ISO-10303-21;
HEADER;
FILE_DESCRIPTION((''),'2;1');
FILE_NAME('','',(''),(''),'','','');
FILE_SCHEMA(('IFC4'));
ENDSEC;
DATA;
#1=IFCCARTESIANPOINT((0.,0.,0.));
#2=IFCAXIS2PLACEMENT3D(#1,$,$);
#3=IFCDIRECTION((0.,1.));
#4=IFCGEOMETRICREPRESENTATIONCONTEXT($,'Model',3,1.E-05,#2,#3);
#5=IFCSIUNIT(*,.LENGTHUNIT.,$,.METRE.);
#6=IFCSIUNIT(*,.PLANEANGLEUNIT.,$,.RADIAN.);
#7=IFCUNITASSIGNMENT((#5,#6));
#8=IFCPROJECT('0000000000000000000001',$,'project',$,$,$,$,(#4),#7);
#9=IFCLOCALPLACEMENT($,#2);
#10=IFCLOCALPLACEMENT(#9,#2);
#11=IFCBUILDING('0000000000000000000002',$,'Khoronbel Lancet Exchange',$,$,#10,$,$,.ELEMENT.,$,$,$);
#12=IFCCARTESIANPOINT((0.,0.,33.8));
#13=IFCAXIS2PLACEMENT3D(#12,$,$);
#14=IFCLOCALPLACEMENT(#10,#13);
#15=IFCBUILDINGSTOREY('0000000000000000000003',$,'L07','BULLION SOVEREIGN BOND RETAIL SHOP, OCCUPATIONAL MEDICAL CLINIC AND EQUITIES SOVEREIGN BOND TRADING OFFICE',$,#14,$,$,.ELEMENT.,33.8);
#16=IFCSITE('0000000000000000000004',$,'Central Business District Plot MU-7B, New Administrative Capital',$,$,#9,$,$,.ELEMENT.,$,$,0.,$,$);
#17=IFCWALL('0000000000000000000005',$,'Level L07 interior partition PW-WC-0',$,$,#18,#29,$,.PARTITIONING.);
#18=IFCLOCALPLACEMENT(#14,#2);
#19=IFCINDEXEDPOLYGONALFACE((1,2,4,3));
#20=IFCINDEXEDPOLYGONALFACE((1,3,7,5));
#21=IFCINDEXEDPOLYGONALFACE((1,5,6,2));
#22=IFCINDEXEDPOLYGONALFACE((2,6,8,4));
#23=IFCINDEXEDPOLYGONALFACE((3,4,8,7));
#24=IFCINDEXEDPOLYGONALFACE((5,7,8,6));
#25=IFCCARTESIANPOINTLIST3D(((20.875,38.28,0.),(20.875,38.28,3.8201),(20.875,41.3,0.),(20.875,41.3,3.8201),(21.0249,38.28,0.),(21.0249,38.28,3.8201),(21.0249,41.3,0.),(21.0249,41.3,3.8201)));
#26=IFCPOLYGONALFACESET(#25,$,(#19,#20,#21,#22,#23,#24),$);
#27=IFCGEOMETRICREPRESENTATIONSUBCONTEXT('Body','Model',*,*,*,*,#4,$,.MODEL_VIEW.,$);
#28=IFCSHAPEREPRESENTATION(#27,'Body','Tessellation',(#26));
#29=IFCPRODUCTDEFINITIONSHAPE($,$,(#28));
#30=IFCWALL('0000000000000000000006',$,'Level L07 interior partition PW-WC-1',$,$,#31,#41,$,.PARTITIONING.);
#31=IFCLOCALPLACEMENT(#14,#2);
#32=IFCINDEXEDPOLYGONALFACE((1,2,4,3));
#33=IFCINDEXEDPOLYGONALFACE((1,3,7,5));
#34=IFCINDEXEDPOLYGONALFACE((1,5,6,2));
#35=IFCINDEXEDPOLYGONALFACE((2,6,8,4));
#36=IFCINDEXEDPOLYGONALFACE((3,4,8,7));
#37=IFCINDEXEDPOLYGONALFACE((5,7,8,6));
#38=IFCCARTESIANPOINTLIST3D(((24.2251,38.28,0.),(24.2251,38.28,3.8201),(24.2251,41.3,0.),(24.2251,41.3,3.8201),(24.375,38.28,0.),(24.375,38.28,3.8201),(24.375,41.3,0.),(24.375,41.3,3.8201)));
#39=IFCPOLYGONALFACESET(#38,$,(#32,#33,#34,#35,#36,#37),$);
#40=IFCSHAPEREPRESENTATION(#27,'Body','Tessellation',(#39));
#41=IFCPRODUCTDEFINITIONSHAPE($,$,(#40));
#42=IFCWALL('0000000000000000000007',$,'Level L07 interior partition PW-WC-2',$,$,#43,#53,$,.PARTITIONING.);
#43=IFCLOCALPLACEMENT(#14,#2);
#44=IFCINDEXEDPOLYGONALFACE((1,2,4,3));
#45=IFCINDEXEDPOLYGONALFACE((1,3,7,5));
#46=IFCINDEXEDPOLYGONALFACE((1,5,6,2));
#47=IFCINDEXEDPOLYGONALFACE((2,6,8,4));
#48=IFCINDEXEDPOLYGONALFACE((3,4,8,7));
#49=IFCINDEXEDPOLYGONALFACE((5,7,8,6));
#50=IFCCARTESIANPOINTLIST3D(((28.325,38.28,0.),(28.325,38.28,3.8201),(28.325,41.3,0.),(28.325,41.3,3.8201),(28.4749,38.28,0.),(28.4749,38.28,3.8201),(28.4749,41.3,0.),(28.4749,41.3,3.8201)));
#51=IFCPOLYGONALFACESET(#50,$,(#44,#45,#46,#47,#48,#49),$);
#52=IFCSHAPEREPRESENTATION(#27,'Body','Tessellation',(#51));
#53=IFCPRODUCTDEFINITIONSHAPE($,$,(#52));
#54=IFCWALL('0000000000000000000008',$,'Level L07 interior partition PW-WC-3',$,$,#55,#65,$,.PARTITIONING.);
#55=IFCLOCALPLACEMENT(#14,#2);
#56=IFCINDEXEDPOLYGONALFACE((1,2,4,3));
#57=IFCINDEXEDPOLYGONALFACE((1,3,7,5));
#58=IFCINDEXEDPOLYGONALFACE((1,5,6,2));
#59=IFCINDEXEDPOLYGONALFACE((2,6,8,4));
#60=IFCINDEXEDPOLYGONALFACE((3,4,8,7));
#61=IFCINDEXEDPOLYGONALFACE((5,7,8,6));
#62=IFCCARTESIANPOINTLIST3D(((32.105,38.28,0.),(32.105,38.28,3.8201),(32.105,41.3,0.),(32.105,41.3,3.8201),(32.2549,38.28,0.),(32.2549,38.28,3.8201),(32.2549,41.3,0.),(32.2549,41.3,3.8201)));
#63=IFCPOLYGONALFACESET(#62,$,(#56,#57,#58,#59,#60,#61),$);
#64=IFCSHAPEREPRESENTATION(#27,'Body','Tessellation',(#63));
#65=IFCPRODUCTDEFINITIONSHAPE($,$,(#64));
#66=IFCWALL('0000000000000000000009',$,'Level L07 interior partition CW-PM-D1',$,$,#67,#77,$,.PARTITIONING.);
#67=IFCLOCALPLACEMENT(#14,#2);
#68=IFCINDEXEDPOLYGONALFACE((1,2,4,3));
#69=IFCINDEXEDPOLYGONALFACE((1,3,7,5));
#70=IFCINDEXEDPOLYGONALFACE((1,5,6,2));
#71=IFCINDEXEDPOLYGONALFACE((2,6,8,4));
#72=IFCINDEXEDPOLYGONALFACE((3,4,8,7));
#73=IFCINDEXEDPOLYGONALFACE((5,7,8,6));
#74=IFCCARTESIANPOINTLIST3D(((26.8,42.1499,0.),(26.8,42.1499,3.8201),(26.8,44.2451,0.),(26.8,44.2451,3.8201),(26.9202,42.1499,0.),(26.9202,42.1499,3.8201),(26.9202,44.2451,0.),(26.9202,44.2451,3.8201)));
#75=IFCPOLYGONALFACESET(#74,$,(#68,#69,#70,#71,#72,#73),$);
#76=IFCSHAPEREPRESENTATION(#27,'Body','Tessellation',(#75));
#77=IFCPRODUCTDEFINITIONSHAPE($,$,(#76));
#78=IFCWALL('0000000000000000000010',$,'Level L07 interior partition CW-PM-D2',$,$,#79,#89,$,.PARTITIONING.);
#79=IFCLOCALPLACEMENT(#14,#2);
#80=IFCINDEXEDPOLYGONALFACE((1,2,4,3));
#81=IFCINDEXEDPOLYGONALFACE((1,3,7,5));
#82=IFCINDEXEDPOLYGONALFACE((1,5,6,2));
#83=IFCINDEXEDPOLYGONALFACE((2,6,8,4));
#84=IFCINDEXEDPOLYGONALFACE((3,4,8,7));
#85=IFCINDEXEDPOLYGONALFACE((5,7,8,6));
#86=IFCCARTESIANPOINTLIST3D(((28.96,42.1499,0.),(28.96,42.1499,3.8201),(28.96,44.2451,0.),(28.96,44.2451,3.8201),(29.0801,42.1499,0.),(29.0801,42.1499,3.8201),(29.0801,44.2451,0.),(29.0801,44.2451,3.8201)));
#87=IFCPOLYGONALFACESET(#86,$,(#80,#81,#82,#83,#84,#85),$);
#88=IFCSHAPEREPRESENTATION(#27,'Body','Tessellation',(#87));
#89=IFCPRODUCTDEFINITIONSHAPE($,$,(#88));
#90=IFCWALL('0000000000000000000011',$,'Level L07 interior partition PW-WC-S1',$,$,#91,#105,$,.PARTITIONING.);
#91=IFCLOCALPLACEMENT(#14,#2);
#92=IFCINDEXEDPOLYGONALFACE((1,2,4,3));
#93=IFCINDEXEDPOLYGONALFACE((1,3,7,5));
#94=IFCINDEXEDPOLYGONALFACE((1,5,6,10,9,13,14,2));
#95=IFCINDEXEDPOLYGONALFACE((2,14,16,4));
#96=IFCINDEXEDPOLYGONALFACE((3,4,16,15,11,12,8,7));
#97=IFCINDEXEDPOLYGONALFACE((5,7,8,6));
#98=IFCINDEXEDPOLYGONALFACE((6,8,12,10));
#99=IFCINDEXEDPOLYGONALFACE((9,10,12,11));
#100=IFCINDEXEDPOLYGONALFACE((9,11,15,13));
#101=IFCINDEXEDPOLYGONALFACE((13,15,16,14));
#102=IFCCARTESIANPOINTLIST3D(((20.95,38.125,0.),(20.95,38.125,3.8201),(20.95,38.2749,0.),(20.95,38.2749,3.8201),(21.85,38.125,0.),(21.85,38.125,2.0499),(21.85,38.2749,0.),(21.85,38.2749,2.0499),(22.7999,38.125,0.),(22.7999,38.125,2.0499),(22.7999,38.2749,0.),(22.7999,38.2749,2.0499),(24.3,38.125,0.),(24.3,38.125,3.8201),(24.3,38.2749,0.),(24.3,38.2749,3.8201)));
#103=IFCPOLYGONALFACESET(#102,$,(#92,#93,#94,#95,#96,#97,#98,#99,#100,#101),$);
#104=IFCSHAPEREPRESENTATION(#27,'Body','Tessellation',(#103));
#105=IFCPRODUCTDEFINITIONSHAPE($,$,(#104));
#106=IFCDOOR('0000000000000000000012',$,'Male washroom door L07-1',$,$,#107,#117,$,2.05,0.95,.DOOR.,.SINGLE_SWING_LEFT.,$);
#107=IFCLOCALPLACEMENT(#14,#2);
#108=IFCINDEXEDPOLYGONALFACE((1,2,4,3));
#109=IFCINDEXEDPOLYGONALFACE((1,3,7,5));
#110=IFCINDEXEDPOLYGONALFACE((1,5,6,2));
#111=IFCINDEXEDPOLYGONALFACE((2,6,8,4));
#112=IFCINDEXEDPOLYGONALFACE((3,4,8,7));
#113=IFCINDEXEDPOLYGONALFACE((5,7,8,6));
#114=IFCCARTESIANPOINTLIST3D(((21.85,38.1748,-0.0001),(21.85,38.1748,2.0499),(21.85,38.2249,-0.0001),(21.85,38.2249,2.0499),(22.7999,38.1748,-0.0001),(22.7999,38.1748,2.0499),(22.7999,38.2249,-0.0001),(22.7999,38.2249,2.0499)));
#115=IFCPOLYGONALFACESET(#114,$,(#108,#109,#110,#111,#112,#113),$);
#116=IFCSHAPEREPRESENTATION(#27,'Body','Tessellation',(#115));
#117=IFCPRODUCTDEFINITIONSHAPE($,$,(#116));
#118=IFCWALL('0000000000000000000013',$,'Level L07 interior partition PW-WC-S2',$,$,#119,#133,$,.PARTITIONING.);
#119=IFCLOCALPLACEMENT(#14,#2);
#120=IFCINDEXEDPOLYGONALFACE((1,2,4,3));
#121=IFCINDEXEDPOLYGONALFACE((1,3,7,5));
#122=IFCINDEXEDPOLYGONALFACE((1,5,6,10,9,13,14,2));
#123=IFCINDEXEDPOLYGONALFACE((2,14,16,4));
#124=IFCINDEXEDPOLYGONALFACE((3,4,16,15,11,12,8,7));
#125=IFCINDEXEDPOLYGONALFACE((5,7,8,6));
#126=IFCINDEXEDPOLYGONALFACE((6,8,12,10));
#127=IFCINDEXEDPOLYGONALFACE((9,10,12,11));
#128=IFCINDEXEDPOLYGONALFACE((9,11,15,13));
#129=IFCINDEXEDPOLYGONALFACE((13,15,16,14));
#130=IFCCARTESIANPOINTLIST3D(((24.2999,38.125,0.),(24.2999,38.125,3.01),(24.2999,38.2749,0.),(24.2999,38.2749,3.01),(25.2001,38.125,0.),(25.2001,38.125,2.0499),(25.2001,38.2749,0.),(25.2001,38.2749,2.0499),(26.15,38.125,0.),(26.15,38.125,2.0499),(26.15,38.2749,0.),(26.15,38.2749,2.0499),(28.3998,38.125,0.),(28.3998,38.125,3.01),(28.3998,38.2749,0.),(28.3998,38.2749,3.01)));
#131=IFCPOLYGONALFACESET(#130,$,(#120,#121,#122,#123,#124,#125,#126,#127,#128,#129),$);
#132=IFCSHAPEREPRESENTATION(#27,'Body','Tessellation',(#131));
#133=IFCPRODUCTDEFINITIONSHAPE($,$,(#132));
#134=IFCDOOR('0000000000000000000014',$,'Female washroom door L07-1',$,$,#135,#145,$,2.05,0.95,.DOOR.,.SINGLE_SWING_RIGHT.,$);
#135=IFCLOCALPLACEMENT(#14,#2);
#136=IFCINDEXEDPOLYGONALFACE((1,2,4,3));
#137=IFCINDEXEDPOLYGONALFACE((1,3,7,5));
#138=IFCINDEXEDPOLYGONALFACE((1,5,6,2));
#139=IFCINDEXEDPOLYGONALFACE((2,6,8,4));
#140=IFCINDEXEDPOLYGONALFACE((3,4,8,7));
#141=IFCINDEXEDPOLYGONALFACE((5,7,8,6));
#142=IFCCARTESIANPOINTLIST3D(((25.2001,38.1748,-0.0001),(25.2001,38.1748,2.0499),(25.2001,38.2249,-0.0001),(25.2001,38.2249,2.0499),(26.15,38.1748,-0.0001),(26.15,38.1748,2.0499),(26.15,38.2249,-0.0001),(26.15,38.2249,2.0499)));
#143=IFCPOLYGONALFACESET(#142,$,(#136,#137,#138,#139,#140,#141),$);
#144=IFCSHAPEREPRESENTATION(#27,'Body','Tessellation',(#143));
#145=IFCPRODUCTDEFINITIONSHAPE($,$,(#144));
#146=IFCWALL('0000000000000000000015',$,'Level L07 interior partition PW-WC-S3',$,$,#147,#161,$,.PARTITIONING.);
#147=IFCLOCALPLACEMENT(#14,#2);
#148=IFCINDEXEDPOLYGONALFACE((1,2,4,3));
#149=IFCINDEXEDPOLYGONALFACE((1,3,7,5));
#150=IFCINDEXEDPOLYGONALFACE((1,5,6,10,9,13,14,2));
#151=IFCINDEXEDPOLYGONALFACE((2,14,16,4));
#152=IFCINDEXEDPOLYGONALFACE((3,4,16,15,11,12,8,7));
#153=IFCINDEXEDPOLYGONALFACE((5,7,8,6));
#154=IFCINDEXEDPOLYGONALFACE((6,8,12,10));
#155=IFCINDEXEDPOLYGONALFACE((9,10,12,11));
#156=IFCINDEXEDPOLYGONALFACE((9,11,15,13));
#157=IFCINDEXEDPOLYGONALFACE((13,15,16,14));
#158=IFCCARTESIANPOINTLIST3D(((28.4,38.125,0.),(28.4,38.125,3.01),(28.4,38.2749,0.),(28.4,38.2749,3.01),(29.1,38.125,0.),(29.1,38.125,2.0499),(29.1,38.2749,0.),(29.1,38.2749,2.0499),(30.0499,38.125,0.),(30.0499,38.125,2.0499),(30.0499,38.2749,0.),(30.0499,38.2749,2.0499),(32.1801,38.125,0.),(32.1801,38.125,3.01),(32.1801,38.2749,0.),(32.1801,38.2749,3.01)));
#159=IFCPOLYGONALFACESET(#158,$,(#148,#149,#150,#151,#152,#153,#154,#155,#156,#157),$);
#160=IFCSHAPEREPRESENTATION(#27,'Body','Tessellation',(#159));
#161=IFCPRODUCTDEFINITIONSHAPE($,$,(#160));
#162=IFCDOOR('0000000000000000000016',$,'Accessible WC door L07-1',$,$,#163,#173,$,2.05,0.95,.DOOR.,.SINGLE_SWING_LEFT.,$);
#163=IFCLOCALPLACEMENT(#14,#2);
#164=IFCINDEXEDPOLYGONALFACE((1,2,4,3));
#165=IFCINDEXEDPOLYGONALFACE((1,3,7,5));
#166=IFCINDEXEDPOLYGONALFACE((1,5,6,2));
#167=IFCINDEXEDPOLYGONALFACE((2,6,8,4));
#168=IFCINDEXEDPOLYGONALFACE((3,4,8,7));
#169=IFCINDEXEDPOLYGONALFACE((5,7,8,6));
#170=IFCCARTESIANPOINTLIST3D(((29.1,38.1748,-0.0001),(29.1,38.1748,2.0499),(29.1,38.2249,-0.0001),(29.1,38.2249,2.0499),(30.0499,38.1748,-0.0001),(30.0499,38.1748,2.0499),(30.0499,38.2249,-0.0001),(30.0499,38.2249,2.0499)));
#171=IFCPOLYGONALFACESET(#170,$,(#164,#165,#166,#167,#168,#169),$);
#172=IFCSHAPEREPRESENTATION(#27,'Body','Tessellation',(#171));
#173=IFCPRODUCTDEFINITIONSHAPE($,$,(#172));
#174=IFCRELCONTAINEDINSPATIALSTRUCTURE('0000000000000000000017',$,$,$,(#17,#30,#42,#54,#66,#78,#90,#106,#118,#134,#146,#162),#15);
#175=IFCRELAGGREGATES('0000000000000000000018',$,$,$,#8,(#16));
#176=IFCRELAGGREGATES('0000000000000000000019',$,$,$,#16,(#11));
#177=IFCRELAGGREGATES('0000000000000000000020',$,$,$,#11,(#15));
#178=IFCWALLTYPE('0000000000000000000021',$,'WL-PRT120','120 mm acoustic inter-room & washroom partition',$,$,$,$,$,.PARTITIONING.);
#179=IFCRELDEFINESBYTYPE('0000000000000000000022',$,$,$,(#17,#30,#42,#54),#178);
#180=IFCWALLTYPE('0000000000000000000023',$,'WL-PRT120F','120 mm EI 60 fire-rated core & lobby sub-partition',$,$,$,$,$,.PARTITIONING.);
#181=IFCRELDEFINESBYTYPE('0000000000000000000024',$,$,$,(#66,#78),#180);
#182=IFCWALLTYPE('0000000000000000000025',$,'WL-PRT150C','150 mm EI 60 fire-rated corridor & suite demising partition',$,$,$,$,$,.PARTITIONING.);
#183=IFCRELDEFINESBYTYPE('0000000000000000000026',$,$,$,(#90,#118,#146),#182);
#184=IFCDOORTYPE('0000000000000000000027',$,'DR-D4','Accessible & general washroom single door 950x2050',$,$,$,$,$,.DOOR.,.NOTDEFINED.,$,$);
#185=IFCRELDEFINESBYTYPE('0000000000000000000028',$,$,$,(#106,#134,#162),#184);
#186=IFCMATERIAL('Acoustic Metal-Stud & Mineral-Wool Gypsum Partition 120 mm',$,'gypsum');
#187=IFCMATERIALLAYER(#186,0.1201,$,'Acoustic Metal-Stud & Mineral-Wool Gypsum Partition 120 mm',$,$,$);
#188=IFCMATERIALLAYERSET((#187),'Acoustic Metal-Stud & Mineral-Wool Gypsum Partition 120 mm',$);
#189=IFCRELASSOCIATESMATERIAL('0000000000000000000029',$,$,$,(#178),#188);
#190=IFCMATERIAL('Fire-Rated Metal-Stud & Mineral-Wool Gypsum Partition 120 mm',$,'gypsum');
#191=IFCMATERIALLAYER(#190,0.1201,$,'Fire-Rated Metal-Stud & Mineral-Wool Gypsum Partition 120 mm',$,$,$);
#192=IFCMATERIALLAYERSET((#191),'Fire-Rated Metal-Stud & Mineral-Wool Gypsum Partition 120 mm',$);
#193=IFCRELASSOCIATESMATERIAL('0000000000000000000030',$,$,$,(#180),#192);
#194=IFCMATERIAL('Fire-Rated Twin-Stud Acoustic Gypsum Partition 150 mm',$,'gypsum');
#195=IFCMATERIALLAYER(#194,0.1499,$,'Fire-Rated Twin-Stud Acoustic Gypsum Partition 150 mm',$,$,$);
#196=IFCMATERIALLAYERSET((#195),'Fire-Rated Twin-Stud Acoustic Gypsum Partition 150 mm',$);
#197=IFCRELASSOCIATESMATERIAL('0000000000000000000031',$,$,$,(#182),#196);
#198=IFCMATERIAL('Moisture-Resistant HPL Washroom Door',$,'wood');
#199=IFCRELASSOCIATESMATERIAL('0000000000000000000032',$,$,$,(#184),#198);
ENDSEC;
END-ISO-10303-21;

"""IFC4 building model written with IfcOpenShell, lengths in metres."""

from ifc_helpers import new_model, si_unit, direction, frame, frame_2d, origin, place, context, subcontext, project, spatial, rectangle, extrude, material, layer, layer_set, type_object, element, fill, save


model = new_model("IFC4")

# Units and contexts
model_context = context("Model", 3, precision=1e-05, world=origin(), true_north=direction((0.0, 1.0)))
body_context = subcontext(model_context, "Body", "Model", "MODEL_VIEW")
ifc_project = project(units=[si_unit("LENGTHUNIT", "METRE"), si_unit("PLANEANGLEUNIT", "RADIAN")], contexts=[model_context])

# Site, building, storey
site_placement = place(None, origin())
site = spatial("IfcSite", under=ifc_project, at=site_placement, Name="Central Business District Plot MU-7B, New Administrative Capital", CompositionType="ELEMENT", RefElevation=0.0)
building_placement = place(site_placement, origin())
building = spatial("IfcBuilding", under=site, at=building_placement, Name="Khoronbel Lancet Exchange", CompositionType="ELEMENT")
storey_placement = place(building_placement, frame((0.0, 0.0, 33.8)))
storey = spatial("IfcBuildingStorey", under=building, at=storey_placement, Name="L07", Description="BULLION SOVEREIGN BOND RETAIL SHOP, OCCUPATIONAL MEDICAL CLINIC AND EQUITIES SOVEREIGN BOND TRADING OFFICE", CompositionType="ELEMENT", Elevation=33.8)

# Walls
ifc_material_1 = material(Name="Acoustic Metal-Stud & Mineral-Wool Gypsum Partition 120 mm", Category="gypsum")
ifc_layer_1 = layer(ifc_material_1, 0.1201, Name="Acoustic Metal-Stud & Mineral-Wool Gypsum Partition 120 mm")
ifc_layer_set_1 = layer_set([ifc_layer_1], Name="Acoustic Metal-Stud & Mineral-Wool Gypsum Partition 120 mm")
wall_type_1 = type_object("IfcWallType", Name="WL-PRT120", Description="120 mm acoustic inter-room & washroom partition", PredefinedType="PARTITIONING", material=ifc_layer_set_1)
for number, where, z_axis, x_axis, name in (
    (1, (20.95, 38.28, 0.0), (0.0, 0.0, 1.0), (0.0, 1.0, 0.0), "Level L07 interior partition PW-WC-0"),
    (2, (24.3, 38.28, 0.0), (0.0, 0.0, 1.0), (0.0, 1.0, 0.0), "Level L07 interior partition PW-WC-1"),
    (3, (28.3999, 38.28, 0.0), (0.0, 0.0, 1.0), (0.0, 1.0, 0.0), "Level L07 interior partition PW-WC-2"),
    (4, (32.1799, 38.28, 0.0), (0.0, 0.0, 1.0), (0.0, 1.0, 0.0), "Level L07 interior partition PW-WC-3"),
):
    element("IfcWall", number, at=place(storey_placement, frame(where, z_axis=z_axis, x_axis=x_axis)), inside=storey, type_object=wall_type_1, Name=name, PredefinedType="PARTITIONING", context=body_context, shape_type="SweptSolid", body=[
        extrude(rectangle(XDim=3.02, YDim=0.1499, at=frame_2d((1.51, 0.0))), origin(), (0.0, 0.0, 1.0), 3.8201),
    ])
ifc_material_2 = material(Name="Fire-Rated Metal-Stud & Mineral-Wool Gypsum Partition 120 mm", Category="gypsum")
ifc_layer_2 = layer(ifc_material_2, 0.1201, Name="Fire-Rated Metal-Stud & Mineral-Wool Gypsum Partition 120 mm")
ifc_layer_set_2 = layer_set([ifc_layer_2], Name="Fire-Rated Metal-Stud & Mineral-Wool Gypsum Partition 120 mm")
wall_type_2 = type_object("IfcWallType", Name="WL-PRT120F", Description="120 mm EI 60 fire-rated core & lobby sub-partition", PredefinedType="PARTITIONING", material=ifc_layer_set_2)
for number, where, z_axis, x_axis, name in (
    (5, (26.8601, 42.1499, 0.0), (0.0, 0.0, 1.0), (0.0, 1.0, 0.0), "Level L07 interior partition CW-PM-D1"),
    (6, (29.02, 42.1499, 0.0), (0.0, 0.0, 1.0), (0.0, 1.0, 0.0), "Level L07 interior partition CW-PM-D2"),
):
    element("IfcWall", number, at=place(storey_placement, frame(where, z_axis=z_axis, x_axis=x_axis)), inside=storey, type_object=wall_type_2, Name=name, PredefinedType="PARTITIONING", context=body_context, shape_type="SweptSolid", body=[
        extrude(rectangle(XDim=2.0952, YDim=0.1201, at=frame_2d((1.0476, 0.0))), origin(), (0.0, 0.0, 1.0), 3.8201),
    ])

# Walls, openings, doors
ifc_material_3 = material(Name="Fire-Rated Twin-Stud Acoustic Gypsum Partition 150 mm", Category="gypsum")
ifc_layer_3 = layer(ifc_material_3, 0.1499, Name="Fire-Rated Twin-Stud Acoustic Gypsum Partition 150 mm")
ifc_layer_set_3 = layer_set([ifc_layer_3], Name="Fire-Rated Twin-Stud Acoustic Gypsum Partition 150 mm")
wall_type_3 = type_object("IfcWallType", Name="WL-PRT150C", Description="150 mm EI 60 fire-rated corridor & suite demising partition", PredefinedType="PARTITIONING", material=ifc_layer_set_3)
wall_1_placement = place(storey_placement, frame((20.95, 38.2, 0.0), z_axis=(0.0, 0.0, 1.0), x_axis=(1.0, 0.0, 0.0)))
wall_1 = element("IfcWall", 7, at=wall_1_placement, inside=storey, type_object=wall_type_3, Name="Level L07 interior partition PW-WC-S1", PredefinedType="PARTITIONING", context=body_context, shape_type="SweptSolid", body=[
    extrude(rectangle(XDim=3.3501, YDim=0.1499, at=frame_2d((1.675, 0.0))), origin(), (0.0, 0.0, 1.0), 3.8201),
])
opening_1_placement = place(wall_1_placement, frame((0.8999, 0.0, 0.0)))
opening_1 = element("IfcOpeningElement", 8, at=opening_1_placement, cuts=wall_1, PredefinedType="OPENING", context=body_context, shape_type="SweptSolid", body=[
    extrude(rectangle(XDim=0.95, YDim=2.05, at=frame_2d((0.4751, 1.0249))), frame((0.0, 0.085, 0.0), z_axis=(0.0, -1.0, 0.0), x_axis=(1.0, 0.0, 0.0)), (0.0, 0.0, 1.0), 0.1699),
])
ifc_material_4 = material(Name="Moisture-Resistant HPL Washroom Door", Category="wood")
door_type_1 = type_object("IfcDoorType", Name="DR-D4", Description="Accessible & general washroom single door 950x2050", OperationType="NOTDEFINED", PredefinedType="DOOR", material=ifc_material_4)
door_1_placement = place(opening_1_placement, origin())
door_1 = element("IfcDoor", 9, at=door_1_placement, inside=storey, type_object=door_type_1, Name="Male washroom door L07-1", OperationType="SINGLE_SWING_LEFT", OverallHeight=2.05, OverallWidth=0.95, PredefinedType="DOOR", context=body_context, shape_type="SweptSolid", body=[
    extrude(rectangle(XDim=0.95, YDim=2.05, at=frame_2d((0.4751, 1.0249))), frame((0.0, 0.0249, 0.0), z_axis=(0.0, -1.0, 0.0), x_axis=(1.0, 0.0, 0.0)), (0.0, 0.0, 1.0), 0.05),
])
fill(opening_1, door_1)
wall_2_placement = place(storey_placement, frame((24.3, 38.2, 0.0), z_axis=(0.0, 0.0, 1.0), x_axis=(1.0, 0.0, 0.0)))
wall_2 = element("IfcWall", 10, at=wall_2_placement, inside=storey, type_object=wall_type_3, Name="Level L07 interior partition PW-WC-S2", PredefinedType="PARTITIONING", context=body_context, shape_type="SweptSolid", body=[
    extrude(rectangle(XDim=4.0999, YDim=0.1499, at=frame_2d((2.0498, 0.0))), origin(), (0.0, 0.0, 1.0), 3.01),
])
opening_2_placement = place(wall_2_placement, frame((0.8999, 0.0, 0.0)))
opening_2 = element("IfcOpeningElement", 11, at=opening_2_placement, cuts=wall_2, PredefinedType="OPENING", context=body_context, shape_type="SweptSolid", body=[
    extrude(rectangle(XDim=0.95, YDim=2.05, at=frame_2d((0.4751, 1.0249))), frame((0.0, 0.085, 0.0), z_axis=(0.0, -1.0, 0.0), x_axis=(1.0, 0.0, 0.0)), (0.0, 0.0, 1.0), 0.1699),
])
door_2_placement = place(opening_2_placement, origin())
door_2 = element("IfcDoor", 12, at=door_2_placement, inside=storey, type_object=door_type_1, Name="Female washroom door L07-1", OperationType="SINGLE_SWING_RIGHT", OverallHeight=2.05, OverallWidth=0.95, PredefinedType="DOOR", context=body_context, shape_type="SweptSolid", body=[
    extrude(rectangle(XDim=0.95, YDim=2.05, at=frame_2d((0.4751, 1.0249))), frame((0.0, 0.0249, 0.0), z_axis=(0.0, -1.0, 0.0), x_axis=(1.0, 0.0, 0.0)), (0.0, 0.0, 1.0), 0.05),
])
fill(opening_2, door_2)
wall_3_placement = place(storey_placement, frame((28.3999, 38.2, 0.0), z_axis=(0.0, 0.0, 1.0), x_axis=(1.0, 0.0, 0.0)))
wall_3 = element("IfcWall", 13, at=wall_3_placement, inside=storey, type_object=wall_type_3, Name="Level L07 interior partition PW-WC-S3", PredefinedType="PARTITIONING", context=body_context, shape_type="SweptSolid", body=[
    extrude(rectangle(XDim=3.78, YDim=0.1499, at=frame_2d((1.8901, 0.0))), origin(), (0.0, 0.0, 1.0), 3.01),
])
opening_3_placement = place(wall_3_placement, frame((0.7, 0.0, 0.0)))
opening_3 = element("IfcOpeningElement", 14, at=opening_3_placement, cuts=wall_3, PredefinedType="OPENING", context=body_context, shape_type="SweptSolid", body=[
    extrude(rectangle(XDim=0.95, YDim=2.05, at=frame_2d((0.4751, 1.0249))), frame((0.0, 0.085, 0.0), z_axis=(0.0, -1.0, 0.0), x_axis=(1.0, 0.0, 0.0)), (0.0, 0.0, 1.0), 0.1699),
])
door_3_placement = place(opening_3_placement, origin())
door_3 = element("IfcDoor", 15, at=door_3_placement, inside=storey, type_object=door_type_1, Name="Accessible WC door L07-1", OperationType="SINGLE_SWING_LEFT", OverallHeight=2.05, OverallWidth=0.95, PredefinedType="DOOR", context=body_context, shape_type="SweptSolid", body=[
    extrude(rectangle(XDim=0.95, YDim=2.05, at=frame_2d((0.4751, 1.0249))), frame((0.0, 0.0249, 0.0), z_axis=(0.0, -1.0, 0.0), x_axis=(1.0, 0.0, 0.0)), (0.0, 0.0, 1.0), 0.05),
])
fill(opening_3, door_3)

save(model, "model.ifc")
